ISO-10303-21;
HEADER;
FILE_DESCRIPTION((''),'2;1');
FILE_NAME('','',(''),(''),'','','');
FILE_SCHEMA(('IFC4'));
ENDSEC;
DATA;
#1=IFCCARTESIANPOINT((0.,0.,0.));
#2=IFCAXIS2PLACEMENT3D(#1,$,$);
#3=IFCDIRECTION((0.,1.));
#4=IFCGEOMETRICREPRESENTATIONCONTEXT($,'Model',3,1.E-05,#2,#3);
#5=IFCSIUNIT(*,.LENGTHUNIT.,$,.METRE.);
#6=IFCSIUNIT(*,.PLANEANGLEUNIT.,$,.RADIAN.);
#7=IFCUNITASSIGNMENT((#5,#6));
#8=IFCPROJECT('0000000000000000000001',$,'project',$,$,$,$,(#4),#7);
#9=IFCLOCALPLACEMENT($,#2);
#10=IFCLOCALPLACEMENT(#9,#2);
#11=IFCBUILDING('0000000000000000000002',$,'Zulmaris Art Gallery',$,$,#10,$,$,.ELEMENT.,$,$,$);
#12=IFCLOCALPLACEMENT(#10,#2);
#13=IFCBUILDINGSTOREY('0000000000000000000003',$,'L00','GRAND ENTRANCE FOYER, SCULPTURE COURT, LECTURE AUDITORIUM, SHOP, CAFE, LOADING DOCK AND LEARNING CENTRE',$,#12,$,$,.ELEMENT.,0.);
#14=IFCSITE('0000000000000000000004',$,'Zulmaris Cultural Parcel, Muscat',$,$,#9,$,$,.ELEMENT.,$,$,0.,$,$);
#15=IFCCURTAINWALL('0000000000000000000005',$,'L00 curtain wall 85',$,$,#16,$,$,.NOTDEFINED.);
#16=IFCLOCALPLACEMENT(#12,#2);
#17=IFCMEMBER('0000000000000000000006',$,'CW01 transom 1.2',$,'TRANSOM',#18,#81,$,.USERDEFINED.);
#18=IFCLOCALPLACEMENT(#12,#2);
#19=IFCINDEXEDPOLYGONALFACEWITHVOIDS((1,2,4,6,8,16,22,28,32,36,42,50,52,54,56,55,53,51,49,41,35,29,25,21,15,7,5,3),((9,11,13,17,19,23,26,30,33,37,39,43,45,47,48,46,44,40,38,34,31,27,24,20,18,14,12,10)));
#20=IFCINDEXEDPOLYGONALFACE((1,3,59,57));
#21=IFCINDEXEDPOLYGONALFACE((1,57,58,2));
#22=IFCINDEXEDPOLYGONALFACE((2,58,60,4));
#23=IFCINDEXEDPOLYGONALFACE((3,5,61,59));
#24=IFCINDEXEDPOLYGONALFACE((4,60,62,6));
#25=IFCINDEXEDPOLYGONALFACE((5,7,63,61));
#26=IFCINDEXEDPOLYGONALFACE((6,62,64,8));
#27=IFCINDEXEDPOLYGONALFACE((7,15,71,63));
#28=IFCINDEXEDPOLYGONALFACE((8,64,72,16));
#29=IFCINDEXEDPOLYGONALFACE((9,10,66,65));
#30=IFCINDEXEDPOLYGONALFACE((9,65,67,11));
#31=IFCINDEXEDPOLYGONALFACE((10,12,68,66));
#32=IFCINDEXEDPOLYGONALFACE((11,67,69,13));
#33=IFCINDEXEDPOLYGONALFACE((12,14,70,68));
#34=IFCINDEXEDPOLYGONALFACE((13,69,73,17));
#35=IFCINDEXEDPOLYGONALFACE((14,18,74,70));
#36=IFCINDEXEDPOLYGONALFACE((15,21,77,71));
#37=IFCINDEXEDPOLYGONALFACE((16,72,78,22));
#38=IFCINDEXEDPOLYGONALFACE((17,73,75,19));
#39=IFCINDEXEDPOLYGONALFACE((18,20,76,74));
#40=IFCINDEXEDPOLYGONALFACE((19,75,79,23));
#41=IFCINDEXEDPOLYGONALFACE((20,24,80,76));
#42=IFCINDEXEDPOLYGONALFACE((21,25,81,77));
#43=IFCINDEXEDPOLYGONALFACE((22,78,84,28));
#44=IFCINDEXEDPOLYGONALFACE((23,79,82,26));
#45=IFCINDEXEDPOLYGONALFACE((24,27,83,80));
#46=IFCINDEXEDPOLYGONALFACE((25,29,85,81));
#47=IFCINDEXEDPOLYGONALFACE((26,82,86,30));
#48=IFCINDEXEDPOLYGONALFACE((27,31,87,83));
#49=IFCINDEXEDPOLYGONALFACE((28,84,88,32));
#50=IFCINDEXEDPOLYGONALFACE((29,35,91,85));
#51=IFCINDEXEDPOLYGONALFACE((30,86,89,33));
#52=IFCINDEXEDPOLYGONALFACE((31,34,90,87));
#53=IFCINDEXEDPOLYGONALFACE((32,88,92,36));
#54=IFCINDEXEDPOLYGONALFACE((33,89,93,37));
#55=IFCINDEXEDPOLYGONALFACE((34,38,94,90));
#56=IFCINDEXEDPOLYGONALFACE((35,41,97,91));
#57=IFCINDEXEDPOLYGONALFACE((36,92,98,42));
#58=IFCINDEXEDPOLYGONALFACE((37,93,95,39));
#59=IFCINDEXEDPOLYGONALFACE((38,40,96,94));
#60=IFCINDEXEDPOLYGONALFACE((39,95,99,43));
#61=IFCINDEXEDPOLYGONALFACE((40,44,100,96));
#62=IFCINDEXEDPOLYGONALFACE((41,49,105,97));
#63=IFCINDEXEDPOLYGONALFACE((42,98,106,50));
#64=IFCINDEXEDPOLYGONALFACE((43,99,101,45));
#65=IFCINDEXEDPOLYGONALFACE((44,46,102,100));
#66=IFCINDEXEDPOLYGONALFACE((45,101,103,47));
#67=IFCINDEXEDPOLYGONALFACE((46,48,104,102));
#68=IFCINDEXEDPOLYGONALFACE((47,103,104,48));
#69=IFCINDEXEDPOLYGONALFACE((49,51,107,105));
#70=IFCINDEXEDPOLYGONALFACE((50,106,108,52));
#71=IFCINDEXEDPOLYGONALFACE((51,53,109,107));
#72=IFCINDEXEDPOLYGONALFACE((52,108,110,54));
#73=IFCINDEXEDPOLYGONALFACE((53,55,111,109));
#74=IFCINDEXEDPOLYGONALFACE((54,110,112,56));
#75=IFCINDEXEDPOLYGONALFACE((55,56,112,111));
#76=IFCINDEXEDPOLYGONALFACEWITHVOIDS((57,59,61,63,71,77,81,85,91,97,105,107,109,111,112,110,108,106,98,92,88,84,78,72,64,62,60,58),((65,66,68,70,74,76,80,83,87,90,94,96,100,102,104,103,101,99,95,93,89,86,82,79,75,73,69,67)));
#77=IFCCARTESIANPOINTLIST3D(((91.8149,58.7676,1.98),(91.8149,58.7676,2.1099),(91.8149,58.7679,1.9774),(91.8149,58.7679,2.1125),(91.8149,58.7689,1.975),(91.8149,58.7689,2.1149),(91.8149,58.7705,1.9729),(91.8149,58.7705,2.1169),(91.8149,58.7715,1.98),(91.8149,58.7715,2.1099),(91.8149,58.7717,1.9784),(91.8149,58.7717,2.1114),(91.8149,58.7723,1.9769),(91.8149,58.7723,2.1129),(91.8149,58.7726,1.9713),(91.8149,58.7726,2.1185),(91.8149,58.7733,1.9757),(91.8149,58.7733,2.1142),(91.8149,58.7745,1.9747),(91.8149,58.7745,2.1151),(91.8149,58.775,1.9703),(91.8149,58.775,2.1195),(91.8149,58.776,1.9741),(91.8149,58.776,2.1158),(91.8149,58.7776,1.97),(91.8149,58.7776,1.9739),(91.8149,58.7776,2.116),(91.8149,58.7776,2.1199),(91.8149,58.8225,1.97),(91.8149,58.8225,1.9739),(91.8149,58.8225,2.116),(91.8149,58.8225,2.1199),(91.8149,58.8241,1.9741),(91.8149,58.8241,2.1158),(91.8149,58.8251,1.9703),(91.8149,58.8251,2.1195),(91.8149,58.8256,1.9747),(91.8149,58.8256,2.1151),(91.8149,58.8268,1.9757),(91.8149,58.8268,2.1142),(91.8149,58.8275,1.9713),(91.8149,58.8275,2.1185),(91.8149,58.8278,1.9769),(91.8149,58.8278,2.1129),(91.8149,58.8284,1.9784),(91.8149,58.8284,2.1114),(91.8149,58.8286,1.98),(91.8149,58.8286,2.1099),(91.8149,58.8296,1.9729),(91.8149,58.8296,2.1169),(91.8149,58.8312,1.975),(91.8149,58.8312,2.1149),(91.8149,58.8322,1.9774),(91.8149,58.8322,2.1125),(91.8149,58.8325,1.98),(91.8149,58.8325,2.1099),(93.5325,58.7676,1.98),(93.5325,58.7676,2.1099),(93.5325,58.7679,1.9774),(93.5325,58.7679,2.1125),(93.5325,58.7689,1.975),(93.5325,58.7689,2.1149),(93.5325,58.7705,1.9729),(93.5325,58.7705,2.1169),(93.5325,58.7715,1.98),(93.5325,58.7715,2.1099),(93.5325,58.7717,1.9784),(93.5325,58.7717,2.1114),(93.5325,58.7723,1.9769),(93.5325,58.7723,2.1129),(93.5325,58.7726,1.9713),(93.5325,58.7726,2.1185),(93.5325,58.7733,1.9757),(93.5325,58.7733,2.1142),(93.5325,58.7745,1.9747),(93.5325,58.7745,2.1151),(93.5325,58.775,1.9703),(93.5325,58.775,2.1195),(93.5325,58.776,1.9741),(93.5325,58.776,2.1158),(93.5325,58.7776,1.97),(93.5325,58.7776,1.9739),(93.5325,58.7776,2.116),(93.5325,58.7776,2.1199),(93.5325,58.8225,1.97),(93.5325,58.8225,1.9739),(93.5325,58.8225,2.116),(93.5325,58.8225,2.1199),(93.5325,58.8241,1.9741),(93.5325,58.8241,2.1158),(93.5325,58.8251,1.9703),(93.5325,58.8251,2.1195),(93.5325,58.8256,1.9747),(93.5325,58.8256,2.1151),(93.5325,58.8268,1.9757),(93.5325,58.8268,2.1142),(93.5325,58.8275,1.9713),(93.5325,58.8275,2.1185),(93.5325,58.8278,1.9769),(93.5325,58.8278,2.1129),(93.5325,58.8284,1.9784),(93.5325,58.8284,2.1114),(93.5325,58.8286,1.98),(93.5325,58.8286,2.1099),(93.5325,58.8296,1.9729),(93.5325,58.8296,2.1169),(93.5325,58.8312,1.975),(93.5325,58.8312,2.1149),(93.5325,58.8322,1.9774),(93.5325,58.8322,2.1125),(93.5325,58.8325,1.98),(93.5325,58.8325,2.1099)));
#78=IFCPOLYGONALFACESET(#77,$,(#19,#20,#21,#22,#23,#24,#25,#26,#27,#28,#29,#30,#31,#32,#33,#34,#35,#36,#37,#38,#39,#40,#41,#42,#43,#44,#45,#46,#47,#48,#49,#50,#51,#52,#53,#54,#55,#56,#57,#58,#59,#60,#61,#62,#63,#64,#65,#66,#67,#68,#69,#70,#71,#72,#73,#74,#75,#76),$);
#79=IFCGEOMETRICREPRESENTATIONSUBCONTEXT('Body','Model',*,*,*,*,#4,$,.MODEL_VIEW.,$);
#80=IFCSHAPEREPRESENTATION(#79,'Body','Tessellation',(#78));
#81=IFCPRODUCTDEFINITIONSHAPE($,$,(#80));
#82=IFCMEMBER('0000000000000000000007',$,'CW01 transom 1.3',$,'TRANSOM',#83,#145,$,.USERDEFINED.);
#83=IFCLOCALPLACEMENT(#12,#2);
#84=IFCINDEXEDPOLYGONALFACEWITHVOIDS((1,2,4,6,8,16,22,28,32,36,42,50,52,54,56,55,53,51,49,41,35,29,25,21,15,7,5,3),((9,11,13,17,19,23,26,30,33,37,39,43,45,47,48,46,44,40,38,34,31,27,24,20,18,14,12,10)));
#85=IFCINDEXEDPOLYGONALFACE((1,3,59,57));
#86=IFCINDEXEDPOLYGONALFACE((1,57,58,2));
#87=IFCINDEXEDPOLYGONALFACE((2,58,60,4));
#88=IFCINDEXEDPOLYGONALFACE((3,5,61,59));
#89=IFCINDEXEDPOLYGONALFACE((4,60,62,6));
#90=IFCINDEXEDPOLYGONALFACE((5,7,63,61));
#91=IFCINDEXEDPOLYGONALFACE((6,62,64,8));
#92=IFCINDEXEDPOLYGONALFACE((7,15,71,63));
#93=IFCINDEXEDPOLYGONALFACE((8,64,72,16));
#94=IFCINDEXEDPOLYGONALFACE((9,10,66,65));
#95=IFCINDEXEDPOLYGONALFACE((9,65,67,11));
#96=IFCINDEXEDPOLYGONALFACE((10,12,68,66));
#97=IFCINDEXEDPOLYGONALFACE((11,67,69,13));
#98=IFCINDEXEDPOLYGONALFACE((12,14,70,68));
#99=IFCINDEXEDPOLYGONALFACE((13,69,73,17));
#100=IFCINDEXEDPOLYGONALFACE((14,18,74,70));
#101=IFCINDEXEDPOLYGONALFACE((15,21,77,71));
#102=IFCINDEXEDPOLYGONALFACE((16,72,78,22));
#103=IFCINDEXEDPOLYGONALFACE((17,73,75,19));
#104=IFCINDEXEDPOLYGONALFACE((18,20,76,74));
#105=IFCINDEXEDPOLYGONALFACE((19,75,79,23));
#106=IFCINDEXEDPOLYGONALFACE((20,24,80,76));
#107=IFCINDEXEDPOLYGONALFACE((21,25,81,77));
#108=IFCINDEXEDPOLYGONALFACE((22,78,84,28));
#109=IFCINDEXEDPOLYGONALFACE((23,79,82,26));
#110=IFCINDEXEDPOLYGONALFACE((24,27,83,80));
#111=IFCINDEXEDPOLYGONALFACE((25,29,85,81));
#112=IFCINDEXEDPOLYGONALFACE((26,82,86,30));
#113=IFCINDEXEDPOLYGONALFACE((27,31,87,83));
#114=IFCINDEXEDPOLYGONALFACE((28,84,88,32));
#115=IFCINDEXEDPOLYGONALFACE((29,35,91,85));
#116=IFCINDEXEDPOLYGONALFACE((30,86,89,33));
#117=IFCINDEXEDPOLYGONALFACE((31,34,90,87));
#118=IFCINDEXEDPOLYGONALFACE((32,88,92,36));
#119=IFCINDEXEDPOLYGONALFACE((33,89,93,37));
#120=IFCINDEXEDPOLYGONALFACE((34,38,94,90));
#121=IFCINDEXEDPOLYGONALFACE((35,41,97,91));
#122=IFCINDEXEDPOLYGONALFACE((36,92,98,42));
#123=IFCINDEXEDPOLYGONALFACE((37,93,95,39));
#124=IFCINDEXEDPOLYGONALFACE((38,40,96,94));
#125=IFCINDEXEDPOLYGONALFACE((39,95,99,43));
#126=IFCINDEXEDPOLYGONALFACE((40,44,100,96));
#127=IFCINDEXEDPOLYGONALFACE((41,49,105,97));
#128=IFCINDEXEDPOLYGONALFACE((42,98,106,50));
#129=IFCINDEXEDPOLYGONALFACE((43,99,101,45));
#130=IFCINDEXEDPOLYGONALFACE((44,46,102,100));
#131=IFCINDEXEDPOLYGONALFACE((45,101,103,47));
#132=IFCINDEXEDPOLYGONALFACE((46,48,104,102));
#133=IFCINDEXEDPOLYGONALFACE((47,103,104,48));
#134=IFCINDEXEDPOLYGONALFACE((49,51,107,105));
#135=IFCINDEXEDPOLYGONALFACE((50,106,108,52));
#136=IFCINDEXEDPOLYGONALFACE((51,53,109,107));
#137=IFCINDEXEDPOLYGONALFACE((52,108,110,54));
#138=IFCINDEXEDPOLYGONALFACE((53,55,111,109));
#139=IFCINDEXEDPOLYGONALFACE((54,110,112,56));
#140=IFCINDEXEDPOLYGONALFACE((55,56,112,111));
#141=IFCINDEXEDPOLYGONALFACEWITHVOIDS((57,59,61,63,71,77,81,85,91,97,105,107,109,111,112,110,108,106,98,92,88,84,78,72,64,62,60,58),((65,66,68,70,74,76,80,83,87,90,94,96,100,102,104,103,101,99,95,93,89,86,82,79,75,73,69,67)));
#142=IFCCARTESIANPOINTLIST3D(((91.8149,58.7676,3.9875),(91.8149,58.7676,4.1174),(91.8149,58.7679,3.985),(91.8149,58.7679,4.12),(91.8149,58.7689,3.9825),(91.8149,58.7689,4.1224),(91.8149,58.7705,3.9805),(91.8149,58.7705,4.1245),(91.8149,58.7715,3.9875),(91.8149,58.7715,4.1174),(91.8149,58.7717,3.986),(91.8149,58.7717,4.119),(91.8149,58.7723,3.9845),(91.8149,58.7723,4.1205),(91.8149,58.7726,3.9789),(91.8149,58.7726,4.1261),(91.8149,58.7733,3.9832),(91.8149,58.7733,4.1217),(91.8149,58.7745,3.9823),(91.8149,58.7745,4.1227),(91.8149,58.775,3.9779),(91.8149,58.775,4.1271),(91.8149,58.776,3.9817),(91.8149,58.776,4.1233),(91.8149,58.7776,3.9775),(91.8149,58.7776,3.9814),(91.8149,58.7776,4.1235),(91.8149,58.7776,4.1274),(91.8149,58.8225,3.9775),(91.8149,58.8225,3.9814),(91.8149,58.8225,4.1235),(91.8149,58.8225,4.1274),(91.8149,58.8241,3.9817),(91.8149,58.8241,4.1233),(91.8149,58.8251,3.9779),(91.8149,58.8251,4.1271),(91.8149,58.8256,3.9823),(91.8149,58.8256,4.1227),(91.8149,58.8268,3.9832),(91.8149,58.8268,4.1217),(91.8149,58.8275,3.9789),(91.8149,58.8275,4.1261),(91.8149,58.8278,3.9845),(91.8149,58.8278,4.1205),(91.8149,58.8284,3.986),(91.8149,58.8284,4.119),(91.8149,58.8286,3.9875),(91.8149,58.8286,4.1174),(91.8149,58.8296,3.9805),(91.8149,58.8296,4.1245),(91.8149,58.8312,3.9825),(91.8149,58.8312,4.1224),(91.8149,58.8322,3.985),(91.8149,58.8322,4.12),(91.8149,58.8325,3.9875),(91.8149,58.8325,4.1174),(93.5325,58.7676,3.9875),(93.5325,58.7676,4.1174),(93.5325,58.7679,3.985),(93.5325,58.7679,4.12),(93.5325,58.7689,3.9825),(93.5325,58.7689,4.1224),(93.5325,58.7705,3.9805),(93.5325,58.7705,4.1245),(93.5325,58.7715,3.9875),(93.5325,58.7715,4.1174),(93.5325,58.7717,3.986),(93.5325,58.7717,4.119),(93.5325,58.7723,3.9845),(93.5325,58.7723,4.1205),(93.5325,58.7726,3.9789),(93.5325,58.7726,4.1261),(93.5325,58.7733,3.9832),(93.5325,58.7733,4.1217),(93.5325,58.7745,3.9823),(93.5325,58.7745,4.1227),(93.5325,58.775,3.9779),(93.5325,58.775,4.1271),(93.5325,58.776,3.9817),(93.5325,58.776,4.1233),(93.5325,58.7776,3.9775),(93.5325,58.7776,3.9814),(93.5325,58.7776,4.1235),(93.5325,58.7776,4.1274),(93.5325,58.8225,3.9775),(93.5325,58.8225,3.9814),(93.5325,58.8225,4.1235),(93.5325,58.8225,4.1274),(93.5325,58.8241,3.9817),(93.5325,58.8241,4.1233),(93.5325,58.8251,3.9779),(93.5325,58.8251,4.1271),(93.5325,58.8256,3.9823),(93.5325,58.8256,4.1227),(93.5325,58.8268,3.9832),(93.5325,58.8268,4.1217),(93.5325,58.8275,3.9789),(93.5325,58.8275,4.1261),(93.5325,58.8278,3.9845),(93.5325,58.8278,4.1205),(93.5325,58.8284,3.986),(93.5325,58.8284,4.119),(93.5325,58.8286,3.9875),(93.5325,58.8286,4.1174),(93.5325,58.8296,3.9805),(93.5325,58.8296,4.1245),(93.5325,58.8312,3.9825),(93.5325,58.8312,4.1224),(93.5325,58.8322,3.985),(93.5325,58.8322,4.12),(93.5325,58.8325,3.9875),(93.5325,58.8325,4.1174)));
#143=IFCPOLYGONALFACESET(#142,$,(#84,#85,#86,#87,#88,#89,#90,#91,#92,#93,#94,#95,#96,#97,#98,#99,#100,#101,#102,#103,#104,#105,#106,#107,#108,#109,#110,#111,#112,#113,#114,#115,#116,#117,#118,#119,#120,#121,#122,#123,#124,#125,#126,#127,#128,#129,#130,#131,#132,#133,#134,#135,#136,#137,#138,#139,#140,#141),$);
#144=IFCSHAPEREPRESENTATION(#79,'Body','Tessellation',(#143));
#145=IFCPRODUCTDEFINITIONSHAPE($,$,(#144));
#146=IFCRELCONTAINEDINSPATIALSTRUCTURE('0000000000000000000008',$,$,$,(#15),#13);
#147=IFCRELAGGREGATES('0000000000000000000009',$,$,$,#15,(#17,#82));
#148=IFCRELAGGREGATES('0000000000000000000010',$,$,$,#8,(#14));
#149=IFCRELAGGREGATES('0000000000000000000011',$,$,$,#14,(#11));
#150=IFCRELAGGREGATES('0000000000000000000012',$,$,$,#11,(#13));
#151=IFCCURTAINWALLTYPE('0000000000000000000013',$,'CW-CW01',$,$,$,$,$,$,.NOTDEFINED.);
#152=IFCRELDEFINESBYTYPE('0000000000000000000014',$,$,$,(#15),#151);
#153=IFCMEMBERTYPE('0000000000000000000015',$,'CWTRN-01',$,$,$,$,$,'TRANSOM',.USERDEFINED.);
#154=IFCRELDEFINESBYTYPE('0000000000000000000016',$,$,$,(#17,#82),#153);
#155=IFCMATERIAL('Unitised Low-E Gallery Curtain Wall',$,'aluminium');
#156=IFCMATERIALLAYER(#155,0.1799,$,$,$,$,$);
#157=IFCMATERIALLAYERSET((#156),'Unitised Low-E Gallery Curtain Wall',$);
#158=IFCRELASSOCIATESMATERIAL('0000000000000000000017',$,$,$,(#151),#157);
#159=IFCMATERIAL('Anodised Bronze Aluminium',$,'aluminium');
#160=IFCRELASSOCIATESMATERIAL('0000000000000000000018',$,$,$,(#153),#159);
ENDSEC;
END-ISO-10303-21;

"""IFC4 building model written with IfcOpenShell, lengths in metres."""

from ifc_helpers import new_model, si_unit, direction, frame, origin, origin_2d, place, context, subcontext, project, spatial, hollow_rectangle, extrude, material, layer, layer_set, material_profile, profile_set, type_object, element, aggregate, save


model = new_model("IFC4")

# Units and contexts
model_context = context("Model", 3, precision=1e-05, world=origin(), true_north=direction((0.0, 1.0)))
body_context = subcontext(model_context, "Body", "Model", "MODEL_VIEW")
ifc_project = project(units=[si_unit("LENGTHUNIT", "METRE"), si_unit("PLANEANGLEUNIT", "RADIAN")], contexts=[model_context])

# Site, building, storey
site_placement = place(None, origin())
site = spatial("IfcSite", under=ifc_project, at=site_placement, Name="Zulmaris Cultural Parcel, Muscat", CompositionType="ELEMENT", RefElevation=0.0)
building_placement = place(site_placement, origin())
building = spatial("IfcBuilding", under=site, at=building_placement, Name="Zulmaris Art Gallery", CompositionType="ELEMENT")
storey_placement = place(building_placement, origin())
storey = spatial("IfcBuildingStorey", under=building, at=storey_placement, Name="L00", Description="GRAND ENTRANCE FOYER, SCULPTURE COURT, LECTURE AUDITORIUM, SHOP, CAFE, LOADING DOCK AND LEARNING CENTRE", CompositionType="ELEMENT", Elevation=0.0)

# Shared definitions
ifc_material_1 = material(Name="Anodised Bronze Aluminium", Category="aluminium")

# Curtain wall
ifc_material_2 = material(Name="Unitised Low-E Gallery Curtain Wall", Category="aluminium")
ifc_layer_1 = layer(ifc_material_2, 0.1799)
ifc_layer_set_1 = layer_set([ifc_layer_1], Name="Unitised Low-E Gallery Curtain Wall")
curtain_wall_type_1 = type_object("IfcCurtainWallType", Name="CW-CW01", PredefinedType="NOTDEFINED", material=ifc_layer_set_1)
curtain_wall_1_placement = place(storey_placement, origin())
curtain_wall_1 = element("IfcCurtainWall", 1, at=curtain_wall_1_placement, inside=storey, type_object=curtain_wall_type_1, Name="L00 curtain wall 85", PredefinedType="NOTDEFINED")

# Members
ifc_material_profile_1 = material_profile(ifc_material_1, hollow_rectangle(XDim=0.0649, YDim=0.1499, WallThickness=0.0039, InnerFilletRadius=0.0061, OuterFilletRadius=0.01, at=origin_2d()), Name="ALU 65x150x4")
ifc_profile_set_1 = profile_set([ifc_material_profile_1], Name="Anodised Bronze Aluminium")
member_type_1 = type_object("IfcMemberType", Name="CWTRN-01", ElementType="TRANSOM", PredefinedType="USERDEFINED", material=ifc_profile_set_1)
member_1_placement = place(storey_placement, frame((91.8149, 58.8, 2.0449), z_axis=(1.0, 0.0, 0.0), x_axis=(0.0, 1.0, 0.0)))
member_1 = element("IfcMember", 2, at=member_1_placement, type_object=member_type_1, Name="CW01 transom 1.2", ObjectType="TRANSOM", PredefinedType="USERDEFINED", context=body_context, shape_type="SweptSolid", body=[
    extrude(hollow_rectangle(XDim=0.0649, YDim=0.1499, WallThickness=0.0039, InnerFilletRadius=0.0061, OuterFilletRadius=0.01, at=origin_2d()), origin(), (0.0, 0.0, 1.0), 1.7175),
])
member_2_placement = place(storey_placement, frame((91.8149, 58.8, 4.0525), z_axis=(1.0, 0.0, 0.0), x_axis=(0.0, 1.0, 0.0)))
member_2 = element("IfcMember", 3, at=member_2_placement, type_object=member_type_1, Name="CW01 transom 1.3", ObjectType="TRANSOM", PredefinedType="USERDEFINED", context=body_context, shape_type="SweptSolid", body=[
    extrude(hollow_rectangle(XDim=0.0649, YDim=0.1499, WallThickness=0.0039, InnerFilletRadius=0.0061, OuterFilletRadius=0.01, at=origin_2d()), origin(), (0.0, 0.0, 1.0), 1.7175),
])
aggregate(curtain_wall_1, [member_1, member_2])

save(model, "model.ifc")
